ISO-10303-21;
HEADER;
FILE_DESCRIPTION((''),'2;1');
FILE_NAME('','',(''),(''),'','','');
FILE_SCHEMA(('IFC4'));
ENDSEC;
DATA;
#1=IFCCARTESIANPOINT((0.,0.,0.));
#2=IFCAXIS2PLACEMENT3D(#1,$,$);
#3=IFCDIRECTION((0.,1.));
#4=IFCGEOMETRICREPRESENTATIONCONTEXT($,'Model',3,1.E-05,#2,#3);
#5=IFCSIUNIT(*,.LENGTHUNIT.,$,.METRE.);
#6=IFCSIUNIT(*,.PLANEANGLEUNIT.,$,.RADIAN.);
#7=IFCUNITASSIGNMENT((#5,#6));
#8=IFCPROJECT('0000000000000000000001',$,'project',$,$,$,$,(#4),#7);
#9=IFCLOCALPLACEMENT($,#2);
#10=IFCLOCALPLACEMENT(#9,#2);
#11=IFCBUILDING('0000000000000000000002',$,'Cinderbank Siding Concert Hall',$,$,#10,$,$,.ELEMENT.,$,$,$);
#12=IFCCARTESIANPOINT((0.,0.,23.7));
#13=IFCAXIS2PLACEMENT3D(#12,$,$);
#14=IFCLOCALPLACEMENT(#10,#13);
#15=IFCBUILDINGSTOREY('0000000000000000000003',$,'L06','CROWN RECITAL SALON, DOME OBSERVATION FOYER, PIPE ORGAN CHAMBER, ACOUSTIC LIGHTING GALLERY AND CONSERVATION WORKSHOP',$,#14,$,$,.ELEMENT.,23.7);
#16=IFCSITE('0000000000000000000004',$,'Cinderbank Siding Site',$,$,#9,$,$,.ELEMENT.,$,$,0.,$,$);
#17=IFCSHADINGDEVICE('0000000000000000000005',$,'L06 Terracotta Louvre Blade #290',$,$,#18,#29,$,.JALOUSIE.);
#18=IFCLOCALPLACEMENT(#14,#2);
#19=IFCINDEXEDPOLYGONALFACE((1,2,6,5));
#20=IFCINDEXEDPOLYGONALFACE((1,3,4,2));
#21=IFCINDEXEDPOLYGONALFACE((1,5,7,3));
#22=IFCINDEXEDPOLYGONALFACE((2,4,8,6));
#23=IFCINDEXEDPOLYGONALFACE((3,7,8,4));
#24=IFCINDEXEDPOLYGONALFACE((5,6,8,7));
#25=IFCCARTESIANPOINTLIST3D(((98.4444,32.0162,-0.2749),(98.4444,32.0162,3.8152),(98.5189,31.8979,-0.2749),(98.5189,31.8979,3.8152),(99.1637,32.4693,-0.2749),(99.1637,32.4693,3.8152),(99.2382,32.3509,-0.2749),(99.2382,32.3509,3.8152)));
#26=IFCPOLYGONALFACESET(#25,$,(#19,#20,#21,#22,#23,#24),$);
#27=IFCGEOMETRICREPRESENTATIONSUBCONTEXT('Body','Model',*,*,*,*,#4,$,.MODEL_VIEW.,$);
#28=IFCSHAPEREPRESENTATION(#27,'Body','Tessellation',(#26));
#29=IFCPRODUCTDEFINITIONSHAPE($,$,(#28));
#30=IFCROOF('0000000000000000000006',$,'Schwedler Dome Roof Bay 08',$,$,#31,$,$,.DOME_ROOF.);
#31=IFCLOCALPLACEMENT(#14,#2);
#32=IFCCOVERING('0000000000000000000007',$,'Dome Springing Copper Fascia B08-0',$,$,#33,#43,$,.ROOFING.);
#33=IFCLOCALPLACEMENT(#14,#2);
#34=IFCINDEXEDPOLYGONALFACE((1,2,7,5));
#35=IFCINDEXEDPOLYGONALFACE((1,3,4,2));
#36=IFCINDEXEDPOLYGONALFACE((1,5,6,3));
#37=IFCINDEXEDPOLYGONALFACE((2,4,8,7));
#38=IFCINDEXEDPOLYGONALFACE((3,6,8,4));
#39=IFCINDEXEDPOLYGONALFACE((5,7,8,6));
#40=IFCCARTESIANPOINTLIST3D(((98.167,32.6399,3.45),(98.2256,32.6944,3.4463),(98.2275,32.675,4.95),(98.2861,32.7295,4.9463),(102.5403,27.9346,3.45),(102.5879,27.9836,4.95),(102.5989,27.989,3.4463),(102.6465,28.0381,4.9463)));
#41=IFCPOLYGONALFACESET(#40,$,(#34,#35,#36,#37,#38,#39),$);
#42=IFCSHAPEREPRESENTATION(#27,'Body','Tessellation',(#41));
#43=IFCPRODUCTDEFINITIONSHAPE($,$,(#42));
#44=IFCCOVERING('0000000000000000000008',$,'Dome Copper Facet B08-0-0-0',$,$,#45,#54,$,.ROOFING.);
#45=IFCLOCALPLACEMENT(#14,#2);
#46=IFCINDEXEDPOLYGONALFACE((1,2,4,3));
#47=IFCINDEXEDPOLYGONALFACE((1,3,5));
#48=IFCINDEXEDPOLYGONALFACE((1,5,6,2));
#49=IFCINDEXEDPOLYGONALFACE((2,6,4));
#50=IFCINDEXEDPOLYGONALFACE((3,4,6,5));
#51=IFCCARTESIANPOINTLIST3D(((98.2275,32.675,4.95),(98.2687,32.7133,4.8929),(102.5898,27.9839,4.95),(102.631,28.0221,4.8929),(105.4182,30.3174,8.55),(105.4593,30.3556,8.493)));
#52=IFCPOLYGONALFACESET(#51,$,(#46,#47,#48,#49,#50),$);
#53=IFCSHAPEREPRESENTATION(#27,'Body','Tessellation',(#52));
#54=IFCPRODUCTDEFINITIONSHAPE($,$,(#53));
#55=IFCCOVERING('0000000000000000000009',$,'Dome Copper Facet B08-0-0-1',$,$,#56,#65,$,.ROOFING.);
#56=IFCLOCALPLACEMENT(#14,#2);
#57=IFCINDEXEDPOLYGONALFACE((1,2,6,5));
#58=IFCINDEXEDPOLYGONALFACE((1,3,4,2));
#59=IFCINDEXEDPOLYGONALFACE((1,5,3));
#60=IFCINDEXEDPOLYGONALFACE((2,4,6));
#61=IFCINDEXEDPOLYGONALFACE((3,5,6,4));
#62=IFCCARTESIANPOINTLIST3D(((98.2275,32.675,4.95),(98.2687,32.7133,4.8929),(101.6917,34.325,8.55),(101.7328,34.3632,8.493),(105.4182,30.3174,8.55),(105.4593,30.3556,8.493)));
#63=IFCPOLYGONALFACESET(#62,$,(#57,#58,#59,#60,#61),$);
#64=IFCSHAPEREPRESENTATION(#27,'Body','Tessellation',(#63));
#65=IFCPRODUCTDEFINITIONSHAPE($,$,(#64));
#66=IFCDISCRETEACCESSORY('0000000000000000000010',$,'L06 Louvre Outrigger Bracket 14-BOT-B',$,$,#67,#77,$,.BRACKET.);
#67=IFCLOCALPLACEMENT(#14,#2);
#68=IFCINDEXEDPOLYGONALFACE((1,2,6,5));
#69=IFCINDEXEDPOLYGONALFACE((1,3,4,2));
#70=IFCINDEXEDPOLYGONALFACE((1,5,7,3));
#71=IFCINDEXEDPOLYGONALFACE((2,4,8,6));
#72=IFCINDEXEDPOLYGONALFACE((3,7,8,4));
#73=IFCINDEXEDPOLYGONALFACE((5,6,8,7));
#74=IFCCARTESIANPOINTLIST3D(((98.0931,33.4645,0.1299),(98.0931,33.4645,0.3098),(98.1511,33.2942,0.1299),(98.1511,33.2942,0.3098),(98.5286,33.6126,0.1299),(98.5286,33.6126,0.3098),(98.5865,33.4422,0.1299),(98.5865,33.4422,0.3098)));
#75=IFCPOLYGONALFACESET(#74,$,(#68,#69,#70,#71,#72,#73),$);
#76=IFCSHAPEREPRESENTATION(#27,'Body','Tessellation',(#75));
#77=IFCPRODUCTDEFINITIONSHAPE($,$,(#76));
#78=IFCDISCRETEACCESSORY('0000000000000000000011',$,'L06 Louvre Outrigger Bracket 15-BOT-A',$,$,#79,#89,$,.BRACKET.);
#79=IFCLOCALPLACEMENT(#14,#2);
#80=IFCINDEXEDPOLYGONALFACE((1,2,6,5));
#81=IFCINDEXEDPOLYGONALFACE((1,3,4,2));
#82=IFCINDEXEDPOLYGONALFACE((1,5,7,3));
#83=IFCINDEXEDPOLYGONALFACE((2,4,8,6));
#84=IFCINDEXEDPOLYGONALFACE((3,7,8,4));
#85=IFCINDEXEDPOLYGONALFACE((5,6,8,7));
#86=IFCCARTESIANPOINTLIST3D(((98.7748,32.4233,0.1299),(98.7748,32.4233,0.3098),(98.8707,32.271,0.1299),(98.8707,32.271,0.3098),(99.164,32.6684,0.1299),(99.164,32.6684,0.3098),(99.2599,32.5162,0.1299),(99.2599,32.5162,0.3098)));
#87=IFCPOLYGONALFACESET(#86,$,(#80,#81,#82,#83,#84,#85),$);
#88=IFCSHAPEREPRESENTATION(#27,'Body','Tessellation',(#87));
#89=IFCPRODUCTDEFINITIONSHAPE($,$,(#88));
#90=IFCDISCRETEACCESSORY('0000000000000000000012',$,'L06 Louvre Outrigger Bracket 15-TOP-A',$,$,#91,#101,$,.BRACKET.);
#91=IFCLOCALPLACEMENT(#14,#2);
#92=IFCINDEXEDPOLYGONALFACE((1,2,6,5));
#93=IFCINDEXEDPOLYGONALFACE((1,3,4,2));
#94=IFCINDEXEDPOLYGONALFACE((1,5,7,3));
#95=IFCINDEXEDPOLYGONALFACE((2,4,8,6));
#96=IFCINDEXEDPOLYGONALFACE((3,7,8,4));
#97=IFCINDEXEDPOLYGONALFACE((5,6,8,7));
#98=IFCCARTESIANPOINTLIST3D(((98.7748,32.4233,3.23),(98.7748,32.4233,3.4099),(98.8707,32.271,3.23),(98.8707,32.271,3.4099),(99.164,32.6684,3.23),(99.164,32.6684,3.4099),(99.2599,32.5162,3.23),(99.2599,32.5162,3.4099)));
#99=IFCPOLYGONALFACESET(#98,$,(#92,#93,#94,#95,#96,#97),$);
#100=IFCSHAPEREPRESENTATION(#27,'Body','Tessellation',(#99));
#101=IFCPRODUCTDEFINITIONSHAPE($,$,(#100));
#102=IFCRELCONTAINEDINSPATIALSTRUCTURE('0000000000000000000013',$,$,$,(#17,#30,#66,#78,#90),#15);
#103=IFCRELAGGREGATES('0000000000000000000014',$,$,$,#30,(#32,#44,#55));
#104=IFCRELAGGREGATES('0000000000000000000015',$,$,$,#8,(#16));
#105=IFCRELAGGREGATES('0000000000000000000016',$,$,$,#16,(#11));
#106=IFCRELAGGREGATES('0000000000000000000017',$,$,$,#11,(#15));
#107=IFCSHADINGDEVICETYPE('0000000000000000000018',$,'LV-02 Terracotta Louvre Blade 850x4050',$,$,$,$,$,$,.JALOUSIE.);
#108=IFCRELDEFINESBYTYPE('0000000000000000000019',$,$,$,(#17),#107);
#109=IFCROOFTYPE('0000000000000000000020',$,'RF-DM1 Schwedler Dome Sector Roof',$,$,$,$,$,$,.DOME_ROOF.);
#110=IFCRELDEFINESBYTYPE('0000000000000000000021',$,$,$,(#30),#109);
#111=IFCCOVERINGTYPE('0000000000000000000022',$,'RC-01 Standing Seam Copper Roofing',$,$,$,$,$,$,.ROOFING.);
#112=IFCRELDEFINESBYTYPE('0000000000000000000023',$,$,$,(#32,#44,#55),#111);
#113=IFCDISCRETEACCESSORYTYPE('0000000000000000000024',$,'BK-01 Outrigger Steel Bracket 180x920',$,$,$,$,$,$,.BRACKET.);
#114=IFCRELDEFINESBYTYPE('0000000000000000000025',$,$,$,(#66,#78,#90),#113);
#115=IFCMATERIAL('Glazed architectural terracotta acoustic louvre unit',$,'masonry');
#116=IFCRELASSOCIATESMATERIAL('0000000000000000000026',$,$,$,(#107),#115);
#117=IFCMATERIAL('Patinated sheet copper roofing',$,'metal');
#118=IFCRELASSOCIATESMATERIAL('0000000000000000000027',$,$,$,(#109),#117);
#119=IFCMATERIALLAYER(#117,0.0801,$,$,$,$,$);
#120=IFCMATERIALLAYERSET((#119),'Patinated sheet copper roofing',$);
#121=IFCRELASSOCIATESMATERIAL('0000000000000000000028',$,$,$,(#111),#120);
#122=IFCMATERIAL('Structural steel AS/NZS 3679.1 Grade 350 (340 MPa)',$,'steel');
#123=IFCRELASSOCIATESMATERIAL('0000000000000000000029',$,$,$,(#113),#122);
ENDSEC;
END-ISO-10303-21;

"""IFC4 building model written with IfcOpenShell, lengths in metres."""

from ifc_helpers import new_model, si_unit, direction, frame, origin, origin_2d, place, context, subcontext, project, spatial, polyline, rectangle, outline, extrude, material, layer, layer_set, type_object, element, aggregate, save


model = new_model("IFC4")

# Units and contexts
model_context = context("Model", 3, precision=1e-05, world=origin(), true_north=direction((0.0, 1.0)))
body_context = subcontext(model_context, "Body", "Model", "MODEL_VIEW")
ifc_project = project(units=[si_unit("LENGTHUNIT", "METRE"), si_unit("PLANEANGLEUNIT", "RADIAN")], contexts=[model_context])

# Site, building, storey
site_placement = place(None, origin())
site = spatial("IfcSite", under=ifc_project, at=site_placement, Name="Cinderbank Siding Site", CompositionType="ELEMENT", RefElevation=0.0)
building_placement = place(site_placement, origin())
building = spatial("IfcBuilding", under=site, at=building_placement, Name="Cinderbank Siding Concert Hall", CompositionType="ELEMENT")
storey_placement = place(building_placement, frame((0.0, 0.0, 23.7)))
storey = spatial("IfcBuildingStorey", under=building, at=storey_placement, Name="L06", Description="CROWN RECITAL SALON, DOME OBSERVATION FOYER, PIPE ORGAN CHAMBER, ACOUSTIC LIGHTING GALLERY AND CONSERVATION WORKSHOP", CompositionType="ELEMENT", Elevation=23.7)

# Shading device
ifc_material_1 = material(Name="Glazed architectural terracotta acoustic louvre unit", Category="masonry")
shading_device_type = type_object("IfcShadingDeviceType", Name="LV-02 Terracotta Louvre Blade 850x4050", PredefinedType="JALOUSIE", material=ifc_material_1)
shading_device_placement = place(storey_placement, frame((98.8413, 32.1836, -0.2749), z_axis=(0.0, 0.0, 1.0), x_axis=(-0.846132, -0.532973, 0.0)))
element("IfcShadingDevice", 1, at=shading_device_placement, inside=storey, type_object=shading_device_type, Name="L06 Terracotta Louvre Blade #290", PredefinedType="JALOUSIE", context=body_context, shape_type="SweptSolid", body=[
    extrude(rectangle(XDim=0.8501, YDim=0.1399, at=origin_2d()), origin(), (0.0, 0.0, 1.0), 4.0901),
])

# Roof, coverings
ifc_material_2 = material(Name="Patinated sheet copper roofing", Category="metal")
roof_type = type_object("IfcRoofType", Name="RF-DM1 Schwedler Dome Sector Roof", PredefinedType="DOME_ROOF", material=ifc_material_2)
roof_placement = place(storey_placement, origin())
roof = element("IfcRoof", 2, at=roof_placement, inside=storey, type_object=roof_type, Name="Schwedler Dome Roof Bay 08", PredefinedType="DOME_ROOF")
ifc_layer_1 = layer(ifc_material_2, 0.0801)
ifc_layer_set_1 = layer_set([ifc_layer_1], Name="Patinated sheet copper roofing")
covering_type = type_object("IfcCoveringType", Name="RC-01 Standing Seam Copper Roofing", PredefinedType="ROOFING", material=ifc_layer_set_1)
covering_1_placement = place(storey_placement, frame((98.167, 32.6399, 3.45), z_axis=(-0.731721, -0.680086, 0.045474), x_axis=(0.68079, -0.732478, 0.0)))
covering_1 = element("IfcCovering", 3, at=covering_1_placement, type_object=covering_type, Name="Dome Springing Copper Fascia B08-0", PredefinedType="ROOFING", context=body_context, shape_type="SweptSolid", body=[
    extrude(outline(polyline([(0.0, 0.0), (6.4238, 0.0), (6.4203, 1.5016), (0.0155, 1.5016), (0.0, 0.0)])), origin(), (0.0, 0.0, -1.0), 0.0801),
])
covering_2_placement = place(storey_placement, frame((98.2275, 32.675, 4.95), z_axis=(-0.51351, -0.477512, 0.712944), x_axis=(0.680973, -0.732309, 0.0)))
covering_2 = element("IfcCovering", 4, at=covering_2_placement, type_object=covering_type, Name="Dome Copper Facet B08-0-0-0", PredefinedType="ROOFING", context=body_context, shape_type="SweptSolid", body=[
    extrude(outline(polyline([(0.0, 0.0), (6.406, 0.0), (6.6232, 5.134), (0.0, 0.0)])), origin(), (0.0, 0.0, -1.0), 0.0801),
])
covering_3_placement = place(storey_placement, frame((98.2275, 32.675, 4.95), z_axis=(-0.51351, -0.477503, 0.71295), x_axis=(0.858071, -0.281343, 0.429604)))
covering_3 = element("IfcCovering", 5, at=covering_3_placement, type_object=covering_type, Name="Dome Copper Facet B08-0-0-1", PredefinedType="ROOFING", context=body_context, shape_type="SweptSolid", body=[
    extrude(outline(polyline([(0.0, 0.0), (8.38, 0.0), (4.0549, 3.3527), (0.0, 0.0)])), origin(), (0.0, 0.0, -1.0), 0.0801),
])
aggregate(roof, [covering_1, covering_2, covering_3])

# Discrete accessories
ifc_material_3 = material(Name="Structural steel AS/NZS 3679.1 Grade 350 (340 MPa)", Category="steel")
discrete_accessory_type = type_object("IfcDiscreteAccessoryType", Name="BK-01 Outrigger Steel Bracket 180x920", PredefinedType="BRACKET", material=ifc_material_3)
for number, where, z_axis, x_axis, name in (
    (6, (98.3398, 33.4534, 0.1299), (0.0, 0.0, 1.0), (-0.946765, -0.321924, 0.0), "L06 Louvre Outrigger Bracket 14-BOT-B"),
    (7, (99.0173, 32.4697, 0.1299), (0.0, 0.0, 1.0), (-0.846132, -0.532973, 0.0), "L06 Louvre Outrigger Bracket 15-BOT-A"),
    (8, (99.0173, 32.4697, 3.23), (0.0, 0.0, 1.0), (-0.846132, -0.532973, 0.0), "L06 Louvre Outrigger Bracket 15-TOP-A"),
):
    element("IfcDiscreteAccessory", number, at=place(storey_placement, frame(where, z_axis=z_axis, x_axis=x_axis)), inside=storey, type_object=discrete_accessory_type, Name=name, PredefinedType="BRACKET", context=body_context, shape_type="SweptSolid", body=[
        extrude(rectangle(XDim=0.46, YDim=0.1799, at=origin_2d()), origin(), (0.0, 0.0, 1.0), 0.1799),
    ])

save(model, "model.ifc")
